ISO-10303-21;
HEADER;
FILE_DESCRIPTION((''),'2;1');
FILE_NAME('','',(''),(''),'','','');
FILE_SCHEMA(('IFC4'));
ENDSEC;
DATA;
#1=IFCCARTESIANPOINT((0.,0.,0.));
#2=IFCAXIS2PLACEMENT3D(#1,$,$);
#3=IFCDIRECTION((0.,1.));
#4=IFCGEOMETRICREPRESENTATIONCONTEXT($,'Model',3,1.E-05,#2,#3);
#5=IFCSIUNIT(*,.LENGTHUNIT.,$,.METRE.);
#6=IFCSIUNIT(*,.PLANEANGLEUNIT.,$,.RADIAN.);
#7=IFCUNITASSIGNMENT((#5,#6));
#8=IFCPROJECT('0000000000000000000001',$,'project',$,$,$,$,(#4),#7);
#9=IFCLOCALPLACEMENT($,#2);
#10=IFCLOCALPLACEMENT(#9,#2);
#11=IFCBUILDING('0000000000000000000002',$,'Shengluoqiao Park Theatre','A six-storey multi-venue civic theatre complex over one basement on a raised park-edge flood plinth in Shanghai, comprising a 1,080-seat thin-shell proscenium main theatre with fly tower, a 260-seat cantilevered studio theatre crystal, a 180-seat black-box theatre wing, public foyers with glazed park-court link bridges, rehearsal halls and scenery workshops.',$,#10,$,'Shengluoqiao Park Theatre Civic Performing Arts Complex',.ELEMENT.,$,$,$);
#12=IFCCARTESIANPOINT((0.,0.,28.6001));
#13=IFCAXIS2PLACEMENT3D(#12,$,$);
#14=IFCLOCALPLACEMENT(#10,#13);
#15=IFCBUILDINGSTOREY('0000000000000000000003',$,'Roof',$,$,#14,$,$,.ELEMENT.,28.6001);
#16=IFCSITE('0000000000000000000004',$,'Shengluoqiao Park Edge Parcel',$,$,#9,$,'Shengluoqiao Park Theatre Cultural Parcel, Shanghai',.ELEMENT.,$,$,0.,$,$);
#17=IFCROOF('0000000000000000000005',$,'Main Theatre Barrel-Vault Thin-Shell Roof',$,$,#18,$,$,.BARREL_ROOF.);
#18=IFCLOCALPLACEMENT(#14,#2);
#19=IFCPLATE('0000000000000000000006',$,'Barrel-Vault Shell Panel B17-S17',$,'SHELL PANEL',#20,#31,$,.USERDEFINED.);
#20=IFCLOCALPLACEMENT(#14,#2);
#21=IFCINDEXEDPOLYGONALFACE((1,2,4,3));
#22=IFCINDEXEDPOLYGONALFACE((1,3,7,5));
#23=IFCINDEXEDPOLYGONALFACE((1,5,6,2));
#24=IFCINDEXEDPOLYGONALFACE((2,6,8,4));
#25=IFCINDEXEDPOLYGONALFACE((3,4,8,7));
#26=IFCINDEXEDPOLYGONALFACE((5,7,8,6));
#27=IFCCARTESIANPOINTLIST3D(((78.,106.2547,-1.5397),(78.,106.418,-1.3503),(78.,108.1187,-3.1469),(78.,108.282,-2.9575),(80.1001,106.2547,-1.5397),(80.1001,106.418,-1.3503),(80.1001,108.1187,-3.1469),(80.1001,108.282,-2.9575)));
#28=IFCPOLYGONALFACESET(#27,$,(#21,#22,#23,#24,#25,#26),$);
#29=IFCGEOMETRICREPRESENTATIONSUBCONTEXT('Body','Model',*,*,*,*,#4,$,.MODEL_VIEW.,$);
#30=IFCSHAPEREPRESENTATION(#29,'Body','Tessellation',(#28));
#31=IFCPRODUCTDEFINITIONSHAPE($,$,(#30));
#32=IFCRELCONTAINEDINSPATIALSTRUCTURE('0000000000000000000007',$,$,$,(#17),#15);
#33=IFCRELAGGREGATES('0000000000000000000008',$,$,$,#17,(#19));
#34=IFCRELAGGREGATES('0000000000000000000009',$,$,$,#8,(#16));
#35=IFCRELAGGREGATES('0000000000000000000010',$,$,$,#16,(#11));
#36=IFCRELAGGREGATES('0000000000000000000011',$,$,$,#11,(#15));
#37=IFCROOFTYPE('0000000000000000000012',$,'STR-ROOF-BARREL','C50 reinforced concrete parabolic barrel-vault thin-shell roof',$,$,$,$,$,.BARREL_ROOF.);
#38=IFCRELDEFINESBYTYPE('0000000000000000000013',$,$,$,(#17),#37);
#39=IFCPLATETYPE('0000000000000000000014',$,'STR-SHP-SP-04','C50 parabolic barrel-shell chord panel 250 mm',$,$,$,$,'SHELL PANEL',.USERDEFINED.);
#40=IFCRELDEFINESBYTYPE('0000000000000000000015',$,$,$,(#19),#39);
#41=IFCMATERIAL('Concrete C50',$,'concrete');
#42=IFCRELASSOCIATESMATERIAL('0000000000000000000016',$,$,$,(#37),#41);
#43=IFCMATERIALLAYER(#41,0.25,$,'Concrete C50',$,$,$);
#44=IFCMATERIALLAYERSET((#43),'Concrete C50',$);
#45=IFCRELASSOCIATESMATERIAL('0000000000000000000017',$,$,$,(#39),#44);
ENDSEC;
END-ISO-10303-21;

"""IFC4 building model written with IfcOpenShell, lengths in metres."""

from ifc_helpers import new_model, si_unit, direction, frame, origin, place, context, subcontext, project, spatial, polyline, outline, extrude, material, layer, layer_set, type_object, element, aggregate, save


model = new_model("IFC4")

# Units and contexts
model_context = context("Model", 3, precision=1e-05, world=origin(), true_north=direction((0.0, 1.0)))
body_context = subcontext(model_context, "Body", "Model", "MODEL_VIEW")
ifc_project = project(units=[si_unit("LENGTHUNIT", "METRE"), si_unit("PLANEANGLEUNIT", "RADIAN")], contexts=[model_context])

# Site, building, storey
site_placement = place(None, origin())
site = spatial("IfcSite", under=ifc_project, at=site_placement, Name="Shengluoqiao Park Edge Parcel", LongName="Shengluoqiao Park Theatre Cultural Parcel, Shanghai", CompositionType="ELEMENT", RefElevation=0.0)
building_placement = place(site_placement, origin())
building = spatial("IfcBuilding", under=site, at=building_placement, Name="Shengluoqiao Park Theatre", Description="A six-storey multi-venue civic theatre complex over one basement on a raised park-edge flood plinth in Shanghai, comprising a 1,080-seat thin-shell proscenium main theatre with fly tower, a 260-seat cantilevered studio theatre crystal, a 180-seat black-box theatre wing, public foyers with glazed park-court link bridges, rehearsal halls and scenery workshops.", LongName="Shengluoqiao Park Theatre Civic Performing Arts Complex", CompositionType="ELEMENT")
storey_placement = place(building_placement, frame((0.0, 0.0, 28.6001)))
storey = spatial("IfcBuildingStorey", under=building, at=storey_placement, Name="Roof", CompositionType="ELEMENT", Elevation=28.6001)

# Shared definitions
ifc_material_1 = material(Name="Concrete C50", Category="concrete")

# Roof, plate
roof_type = type_object("IfcRoofType", Name="STR-ROOF-BARREL", Description="C50 reinforced concrete parabolic barrel-vault thin-shell roof", PredefinedType="BARREL_ROOF", material=ifc_material_1)
roof_placement = place(storey_placement, origin())
roof = element("IfcRoof", 1, at=roof_placement, inside=storey, type_object=roof_type, Name="Main Theatre Barrel-Vault Thin-Shell Roof", PredefinedType="BARREL_ROOF")
ifc_layer_1 = layer(ifc_material_1, 0.25, Name="Concrete C50")
ifc_layer_set_1 = layer_set([ifc_layer_1], Name="Concrete C50")
plate_type_1 = type_object("IfcPlateType", Name="STR-SHP-SP-04", Description="C50 parabolic barrel-shell chord panel 250 mm", ElementType="SHELL PANEL", PredefinedType="USERDEFINED", material=ifc_layer_set_1)
plate_1_placement = place(storey_placement, frame((78.0, 106.418, -1.3503), z_axis=(0.0, 0.653002, 0.757356), x_axis=(1.0, 0.0, 0.0)))
plate_1 = element("IfcPlate", 2, at=plate_1_placement, type_object=plate_type_1, Name="Barrel-Vault Shell Panel B17-S17", ObjectType="SHELL PANEL", PredefinedType="USERDEFINED", context=body_context, shape_type="SweptSolid", body=[
    extrude(outline(polyline([(0.0, 0.0), (2.1001, 0.0), (2.1001, 2.4612), (0.0, 2.4612), (0.0, 0.0)])), origin(), (0.0, 0.0, -1.0), 0.25),
])
aggregate(roof, [plate_1])

save(model, "model.ifc")
